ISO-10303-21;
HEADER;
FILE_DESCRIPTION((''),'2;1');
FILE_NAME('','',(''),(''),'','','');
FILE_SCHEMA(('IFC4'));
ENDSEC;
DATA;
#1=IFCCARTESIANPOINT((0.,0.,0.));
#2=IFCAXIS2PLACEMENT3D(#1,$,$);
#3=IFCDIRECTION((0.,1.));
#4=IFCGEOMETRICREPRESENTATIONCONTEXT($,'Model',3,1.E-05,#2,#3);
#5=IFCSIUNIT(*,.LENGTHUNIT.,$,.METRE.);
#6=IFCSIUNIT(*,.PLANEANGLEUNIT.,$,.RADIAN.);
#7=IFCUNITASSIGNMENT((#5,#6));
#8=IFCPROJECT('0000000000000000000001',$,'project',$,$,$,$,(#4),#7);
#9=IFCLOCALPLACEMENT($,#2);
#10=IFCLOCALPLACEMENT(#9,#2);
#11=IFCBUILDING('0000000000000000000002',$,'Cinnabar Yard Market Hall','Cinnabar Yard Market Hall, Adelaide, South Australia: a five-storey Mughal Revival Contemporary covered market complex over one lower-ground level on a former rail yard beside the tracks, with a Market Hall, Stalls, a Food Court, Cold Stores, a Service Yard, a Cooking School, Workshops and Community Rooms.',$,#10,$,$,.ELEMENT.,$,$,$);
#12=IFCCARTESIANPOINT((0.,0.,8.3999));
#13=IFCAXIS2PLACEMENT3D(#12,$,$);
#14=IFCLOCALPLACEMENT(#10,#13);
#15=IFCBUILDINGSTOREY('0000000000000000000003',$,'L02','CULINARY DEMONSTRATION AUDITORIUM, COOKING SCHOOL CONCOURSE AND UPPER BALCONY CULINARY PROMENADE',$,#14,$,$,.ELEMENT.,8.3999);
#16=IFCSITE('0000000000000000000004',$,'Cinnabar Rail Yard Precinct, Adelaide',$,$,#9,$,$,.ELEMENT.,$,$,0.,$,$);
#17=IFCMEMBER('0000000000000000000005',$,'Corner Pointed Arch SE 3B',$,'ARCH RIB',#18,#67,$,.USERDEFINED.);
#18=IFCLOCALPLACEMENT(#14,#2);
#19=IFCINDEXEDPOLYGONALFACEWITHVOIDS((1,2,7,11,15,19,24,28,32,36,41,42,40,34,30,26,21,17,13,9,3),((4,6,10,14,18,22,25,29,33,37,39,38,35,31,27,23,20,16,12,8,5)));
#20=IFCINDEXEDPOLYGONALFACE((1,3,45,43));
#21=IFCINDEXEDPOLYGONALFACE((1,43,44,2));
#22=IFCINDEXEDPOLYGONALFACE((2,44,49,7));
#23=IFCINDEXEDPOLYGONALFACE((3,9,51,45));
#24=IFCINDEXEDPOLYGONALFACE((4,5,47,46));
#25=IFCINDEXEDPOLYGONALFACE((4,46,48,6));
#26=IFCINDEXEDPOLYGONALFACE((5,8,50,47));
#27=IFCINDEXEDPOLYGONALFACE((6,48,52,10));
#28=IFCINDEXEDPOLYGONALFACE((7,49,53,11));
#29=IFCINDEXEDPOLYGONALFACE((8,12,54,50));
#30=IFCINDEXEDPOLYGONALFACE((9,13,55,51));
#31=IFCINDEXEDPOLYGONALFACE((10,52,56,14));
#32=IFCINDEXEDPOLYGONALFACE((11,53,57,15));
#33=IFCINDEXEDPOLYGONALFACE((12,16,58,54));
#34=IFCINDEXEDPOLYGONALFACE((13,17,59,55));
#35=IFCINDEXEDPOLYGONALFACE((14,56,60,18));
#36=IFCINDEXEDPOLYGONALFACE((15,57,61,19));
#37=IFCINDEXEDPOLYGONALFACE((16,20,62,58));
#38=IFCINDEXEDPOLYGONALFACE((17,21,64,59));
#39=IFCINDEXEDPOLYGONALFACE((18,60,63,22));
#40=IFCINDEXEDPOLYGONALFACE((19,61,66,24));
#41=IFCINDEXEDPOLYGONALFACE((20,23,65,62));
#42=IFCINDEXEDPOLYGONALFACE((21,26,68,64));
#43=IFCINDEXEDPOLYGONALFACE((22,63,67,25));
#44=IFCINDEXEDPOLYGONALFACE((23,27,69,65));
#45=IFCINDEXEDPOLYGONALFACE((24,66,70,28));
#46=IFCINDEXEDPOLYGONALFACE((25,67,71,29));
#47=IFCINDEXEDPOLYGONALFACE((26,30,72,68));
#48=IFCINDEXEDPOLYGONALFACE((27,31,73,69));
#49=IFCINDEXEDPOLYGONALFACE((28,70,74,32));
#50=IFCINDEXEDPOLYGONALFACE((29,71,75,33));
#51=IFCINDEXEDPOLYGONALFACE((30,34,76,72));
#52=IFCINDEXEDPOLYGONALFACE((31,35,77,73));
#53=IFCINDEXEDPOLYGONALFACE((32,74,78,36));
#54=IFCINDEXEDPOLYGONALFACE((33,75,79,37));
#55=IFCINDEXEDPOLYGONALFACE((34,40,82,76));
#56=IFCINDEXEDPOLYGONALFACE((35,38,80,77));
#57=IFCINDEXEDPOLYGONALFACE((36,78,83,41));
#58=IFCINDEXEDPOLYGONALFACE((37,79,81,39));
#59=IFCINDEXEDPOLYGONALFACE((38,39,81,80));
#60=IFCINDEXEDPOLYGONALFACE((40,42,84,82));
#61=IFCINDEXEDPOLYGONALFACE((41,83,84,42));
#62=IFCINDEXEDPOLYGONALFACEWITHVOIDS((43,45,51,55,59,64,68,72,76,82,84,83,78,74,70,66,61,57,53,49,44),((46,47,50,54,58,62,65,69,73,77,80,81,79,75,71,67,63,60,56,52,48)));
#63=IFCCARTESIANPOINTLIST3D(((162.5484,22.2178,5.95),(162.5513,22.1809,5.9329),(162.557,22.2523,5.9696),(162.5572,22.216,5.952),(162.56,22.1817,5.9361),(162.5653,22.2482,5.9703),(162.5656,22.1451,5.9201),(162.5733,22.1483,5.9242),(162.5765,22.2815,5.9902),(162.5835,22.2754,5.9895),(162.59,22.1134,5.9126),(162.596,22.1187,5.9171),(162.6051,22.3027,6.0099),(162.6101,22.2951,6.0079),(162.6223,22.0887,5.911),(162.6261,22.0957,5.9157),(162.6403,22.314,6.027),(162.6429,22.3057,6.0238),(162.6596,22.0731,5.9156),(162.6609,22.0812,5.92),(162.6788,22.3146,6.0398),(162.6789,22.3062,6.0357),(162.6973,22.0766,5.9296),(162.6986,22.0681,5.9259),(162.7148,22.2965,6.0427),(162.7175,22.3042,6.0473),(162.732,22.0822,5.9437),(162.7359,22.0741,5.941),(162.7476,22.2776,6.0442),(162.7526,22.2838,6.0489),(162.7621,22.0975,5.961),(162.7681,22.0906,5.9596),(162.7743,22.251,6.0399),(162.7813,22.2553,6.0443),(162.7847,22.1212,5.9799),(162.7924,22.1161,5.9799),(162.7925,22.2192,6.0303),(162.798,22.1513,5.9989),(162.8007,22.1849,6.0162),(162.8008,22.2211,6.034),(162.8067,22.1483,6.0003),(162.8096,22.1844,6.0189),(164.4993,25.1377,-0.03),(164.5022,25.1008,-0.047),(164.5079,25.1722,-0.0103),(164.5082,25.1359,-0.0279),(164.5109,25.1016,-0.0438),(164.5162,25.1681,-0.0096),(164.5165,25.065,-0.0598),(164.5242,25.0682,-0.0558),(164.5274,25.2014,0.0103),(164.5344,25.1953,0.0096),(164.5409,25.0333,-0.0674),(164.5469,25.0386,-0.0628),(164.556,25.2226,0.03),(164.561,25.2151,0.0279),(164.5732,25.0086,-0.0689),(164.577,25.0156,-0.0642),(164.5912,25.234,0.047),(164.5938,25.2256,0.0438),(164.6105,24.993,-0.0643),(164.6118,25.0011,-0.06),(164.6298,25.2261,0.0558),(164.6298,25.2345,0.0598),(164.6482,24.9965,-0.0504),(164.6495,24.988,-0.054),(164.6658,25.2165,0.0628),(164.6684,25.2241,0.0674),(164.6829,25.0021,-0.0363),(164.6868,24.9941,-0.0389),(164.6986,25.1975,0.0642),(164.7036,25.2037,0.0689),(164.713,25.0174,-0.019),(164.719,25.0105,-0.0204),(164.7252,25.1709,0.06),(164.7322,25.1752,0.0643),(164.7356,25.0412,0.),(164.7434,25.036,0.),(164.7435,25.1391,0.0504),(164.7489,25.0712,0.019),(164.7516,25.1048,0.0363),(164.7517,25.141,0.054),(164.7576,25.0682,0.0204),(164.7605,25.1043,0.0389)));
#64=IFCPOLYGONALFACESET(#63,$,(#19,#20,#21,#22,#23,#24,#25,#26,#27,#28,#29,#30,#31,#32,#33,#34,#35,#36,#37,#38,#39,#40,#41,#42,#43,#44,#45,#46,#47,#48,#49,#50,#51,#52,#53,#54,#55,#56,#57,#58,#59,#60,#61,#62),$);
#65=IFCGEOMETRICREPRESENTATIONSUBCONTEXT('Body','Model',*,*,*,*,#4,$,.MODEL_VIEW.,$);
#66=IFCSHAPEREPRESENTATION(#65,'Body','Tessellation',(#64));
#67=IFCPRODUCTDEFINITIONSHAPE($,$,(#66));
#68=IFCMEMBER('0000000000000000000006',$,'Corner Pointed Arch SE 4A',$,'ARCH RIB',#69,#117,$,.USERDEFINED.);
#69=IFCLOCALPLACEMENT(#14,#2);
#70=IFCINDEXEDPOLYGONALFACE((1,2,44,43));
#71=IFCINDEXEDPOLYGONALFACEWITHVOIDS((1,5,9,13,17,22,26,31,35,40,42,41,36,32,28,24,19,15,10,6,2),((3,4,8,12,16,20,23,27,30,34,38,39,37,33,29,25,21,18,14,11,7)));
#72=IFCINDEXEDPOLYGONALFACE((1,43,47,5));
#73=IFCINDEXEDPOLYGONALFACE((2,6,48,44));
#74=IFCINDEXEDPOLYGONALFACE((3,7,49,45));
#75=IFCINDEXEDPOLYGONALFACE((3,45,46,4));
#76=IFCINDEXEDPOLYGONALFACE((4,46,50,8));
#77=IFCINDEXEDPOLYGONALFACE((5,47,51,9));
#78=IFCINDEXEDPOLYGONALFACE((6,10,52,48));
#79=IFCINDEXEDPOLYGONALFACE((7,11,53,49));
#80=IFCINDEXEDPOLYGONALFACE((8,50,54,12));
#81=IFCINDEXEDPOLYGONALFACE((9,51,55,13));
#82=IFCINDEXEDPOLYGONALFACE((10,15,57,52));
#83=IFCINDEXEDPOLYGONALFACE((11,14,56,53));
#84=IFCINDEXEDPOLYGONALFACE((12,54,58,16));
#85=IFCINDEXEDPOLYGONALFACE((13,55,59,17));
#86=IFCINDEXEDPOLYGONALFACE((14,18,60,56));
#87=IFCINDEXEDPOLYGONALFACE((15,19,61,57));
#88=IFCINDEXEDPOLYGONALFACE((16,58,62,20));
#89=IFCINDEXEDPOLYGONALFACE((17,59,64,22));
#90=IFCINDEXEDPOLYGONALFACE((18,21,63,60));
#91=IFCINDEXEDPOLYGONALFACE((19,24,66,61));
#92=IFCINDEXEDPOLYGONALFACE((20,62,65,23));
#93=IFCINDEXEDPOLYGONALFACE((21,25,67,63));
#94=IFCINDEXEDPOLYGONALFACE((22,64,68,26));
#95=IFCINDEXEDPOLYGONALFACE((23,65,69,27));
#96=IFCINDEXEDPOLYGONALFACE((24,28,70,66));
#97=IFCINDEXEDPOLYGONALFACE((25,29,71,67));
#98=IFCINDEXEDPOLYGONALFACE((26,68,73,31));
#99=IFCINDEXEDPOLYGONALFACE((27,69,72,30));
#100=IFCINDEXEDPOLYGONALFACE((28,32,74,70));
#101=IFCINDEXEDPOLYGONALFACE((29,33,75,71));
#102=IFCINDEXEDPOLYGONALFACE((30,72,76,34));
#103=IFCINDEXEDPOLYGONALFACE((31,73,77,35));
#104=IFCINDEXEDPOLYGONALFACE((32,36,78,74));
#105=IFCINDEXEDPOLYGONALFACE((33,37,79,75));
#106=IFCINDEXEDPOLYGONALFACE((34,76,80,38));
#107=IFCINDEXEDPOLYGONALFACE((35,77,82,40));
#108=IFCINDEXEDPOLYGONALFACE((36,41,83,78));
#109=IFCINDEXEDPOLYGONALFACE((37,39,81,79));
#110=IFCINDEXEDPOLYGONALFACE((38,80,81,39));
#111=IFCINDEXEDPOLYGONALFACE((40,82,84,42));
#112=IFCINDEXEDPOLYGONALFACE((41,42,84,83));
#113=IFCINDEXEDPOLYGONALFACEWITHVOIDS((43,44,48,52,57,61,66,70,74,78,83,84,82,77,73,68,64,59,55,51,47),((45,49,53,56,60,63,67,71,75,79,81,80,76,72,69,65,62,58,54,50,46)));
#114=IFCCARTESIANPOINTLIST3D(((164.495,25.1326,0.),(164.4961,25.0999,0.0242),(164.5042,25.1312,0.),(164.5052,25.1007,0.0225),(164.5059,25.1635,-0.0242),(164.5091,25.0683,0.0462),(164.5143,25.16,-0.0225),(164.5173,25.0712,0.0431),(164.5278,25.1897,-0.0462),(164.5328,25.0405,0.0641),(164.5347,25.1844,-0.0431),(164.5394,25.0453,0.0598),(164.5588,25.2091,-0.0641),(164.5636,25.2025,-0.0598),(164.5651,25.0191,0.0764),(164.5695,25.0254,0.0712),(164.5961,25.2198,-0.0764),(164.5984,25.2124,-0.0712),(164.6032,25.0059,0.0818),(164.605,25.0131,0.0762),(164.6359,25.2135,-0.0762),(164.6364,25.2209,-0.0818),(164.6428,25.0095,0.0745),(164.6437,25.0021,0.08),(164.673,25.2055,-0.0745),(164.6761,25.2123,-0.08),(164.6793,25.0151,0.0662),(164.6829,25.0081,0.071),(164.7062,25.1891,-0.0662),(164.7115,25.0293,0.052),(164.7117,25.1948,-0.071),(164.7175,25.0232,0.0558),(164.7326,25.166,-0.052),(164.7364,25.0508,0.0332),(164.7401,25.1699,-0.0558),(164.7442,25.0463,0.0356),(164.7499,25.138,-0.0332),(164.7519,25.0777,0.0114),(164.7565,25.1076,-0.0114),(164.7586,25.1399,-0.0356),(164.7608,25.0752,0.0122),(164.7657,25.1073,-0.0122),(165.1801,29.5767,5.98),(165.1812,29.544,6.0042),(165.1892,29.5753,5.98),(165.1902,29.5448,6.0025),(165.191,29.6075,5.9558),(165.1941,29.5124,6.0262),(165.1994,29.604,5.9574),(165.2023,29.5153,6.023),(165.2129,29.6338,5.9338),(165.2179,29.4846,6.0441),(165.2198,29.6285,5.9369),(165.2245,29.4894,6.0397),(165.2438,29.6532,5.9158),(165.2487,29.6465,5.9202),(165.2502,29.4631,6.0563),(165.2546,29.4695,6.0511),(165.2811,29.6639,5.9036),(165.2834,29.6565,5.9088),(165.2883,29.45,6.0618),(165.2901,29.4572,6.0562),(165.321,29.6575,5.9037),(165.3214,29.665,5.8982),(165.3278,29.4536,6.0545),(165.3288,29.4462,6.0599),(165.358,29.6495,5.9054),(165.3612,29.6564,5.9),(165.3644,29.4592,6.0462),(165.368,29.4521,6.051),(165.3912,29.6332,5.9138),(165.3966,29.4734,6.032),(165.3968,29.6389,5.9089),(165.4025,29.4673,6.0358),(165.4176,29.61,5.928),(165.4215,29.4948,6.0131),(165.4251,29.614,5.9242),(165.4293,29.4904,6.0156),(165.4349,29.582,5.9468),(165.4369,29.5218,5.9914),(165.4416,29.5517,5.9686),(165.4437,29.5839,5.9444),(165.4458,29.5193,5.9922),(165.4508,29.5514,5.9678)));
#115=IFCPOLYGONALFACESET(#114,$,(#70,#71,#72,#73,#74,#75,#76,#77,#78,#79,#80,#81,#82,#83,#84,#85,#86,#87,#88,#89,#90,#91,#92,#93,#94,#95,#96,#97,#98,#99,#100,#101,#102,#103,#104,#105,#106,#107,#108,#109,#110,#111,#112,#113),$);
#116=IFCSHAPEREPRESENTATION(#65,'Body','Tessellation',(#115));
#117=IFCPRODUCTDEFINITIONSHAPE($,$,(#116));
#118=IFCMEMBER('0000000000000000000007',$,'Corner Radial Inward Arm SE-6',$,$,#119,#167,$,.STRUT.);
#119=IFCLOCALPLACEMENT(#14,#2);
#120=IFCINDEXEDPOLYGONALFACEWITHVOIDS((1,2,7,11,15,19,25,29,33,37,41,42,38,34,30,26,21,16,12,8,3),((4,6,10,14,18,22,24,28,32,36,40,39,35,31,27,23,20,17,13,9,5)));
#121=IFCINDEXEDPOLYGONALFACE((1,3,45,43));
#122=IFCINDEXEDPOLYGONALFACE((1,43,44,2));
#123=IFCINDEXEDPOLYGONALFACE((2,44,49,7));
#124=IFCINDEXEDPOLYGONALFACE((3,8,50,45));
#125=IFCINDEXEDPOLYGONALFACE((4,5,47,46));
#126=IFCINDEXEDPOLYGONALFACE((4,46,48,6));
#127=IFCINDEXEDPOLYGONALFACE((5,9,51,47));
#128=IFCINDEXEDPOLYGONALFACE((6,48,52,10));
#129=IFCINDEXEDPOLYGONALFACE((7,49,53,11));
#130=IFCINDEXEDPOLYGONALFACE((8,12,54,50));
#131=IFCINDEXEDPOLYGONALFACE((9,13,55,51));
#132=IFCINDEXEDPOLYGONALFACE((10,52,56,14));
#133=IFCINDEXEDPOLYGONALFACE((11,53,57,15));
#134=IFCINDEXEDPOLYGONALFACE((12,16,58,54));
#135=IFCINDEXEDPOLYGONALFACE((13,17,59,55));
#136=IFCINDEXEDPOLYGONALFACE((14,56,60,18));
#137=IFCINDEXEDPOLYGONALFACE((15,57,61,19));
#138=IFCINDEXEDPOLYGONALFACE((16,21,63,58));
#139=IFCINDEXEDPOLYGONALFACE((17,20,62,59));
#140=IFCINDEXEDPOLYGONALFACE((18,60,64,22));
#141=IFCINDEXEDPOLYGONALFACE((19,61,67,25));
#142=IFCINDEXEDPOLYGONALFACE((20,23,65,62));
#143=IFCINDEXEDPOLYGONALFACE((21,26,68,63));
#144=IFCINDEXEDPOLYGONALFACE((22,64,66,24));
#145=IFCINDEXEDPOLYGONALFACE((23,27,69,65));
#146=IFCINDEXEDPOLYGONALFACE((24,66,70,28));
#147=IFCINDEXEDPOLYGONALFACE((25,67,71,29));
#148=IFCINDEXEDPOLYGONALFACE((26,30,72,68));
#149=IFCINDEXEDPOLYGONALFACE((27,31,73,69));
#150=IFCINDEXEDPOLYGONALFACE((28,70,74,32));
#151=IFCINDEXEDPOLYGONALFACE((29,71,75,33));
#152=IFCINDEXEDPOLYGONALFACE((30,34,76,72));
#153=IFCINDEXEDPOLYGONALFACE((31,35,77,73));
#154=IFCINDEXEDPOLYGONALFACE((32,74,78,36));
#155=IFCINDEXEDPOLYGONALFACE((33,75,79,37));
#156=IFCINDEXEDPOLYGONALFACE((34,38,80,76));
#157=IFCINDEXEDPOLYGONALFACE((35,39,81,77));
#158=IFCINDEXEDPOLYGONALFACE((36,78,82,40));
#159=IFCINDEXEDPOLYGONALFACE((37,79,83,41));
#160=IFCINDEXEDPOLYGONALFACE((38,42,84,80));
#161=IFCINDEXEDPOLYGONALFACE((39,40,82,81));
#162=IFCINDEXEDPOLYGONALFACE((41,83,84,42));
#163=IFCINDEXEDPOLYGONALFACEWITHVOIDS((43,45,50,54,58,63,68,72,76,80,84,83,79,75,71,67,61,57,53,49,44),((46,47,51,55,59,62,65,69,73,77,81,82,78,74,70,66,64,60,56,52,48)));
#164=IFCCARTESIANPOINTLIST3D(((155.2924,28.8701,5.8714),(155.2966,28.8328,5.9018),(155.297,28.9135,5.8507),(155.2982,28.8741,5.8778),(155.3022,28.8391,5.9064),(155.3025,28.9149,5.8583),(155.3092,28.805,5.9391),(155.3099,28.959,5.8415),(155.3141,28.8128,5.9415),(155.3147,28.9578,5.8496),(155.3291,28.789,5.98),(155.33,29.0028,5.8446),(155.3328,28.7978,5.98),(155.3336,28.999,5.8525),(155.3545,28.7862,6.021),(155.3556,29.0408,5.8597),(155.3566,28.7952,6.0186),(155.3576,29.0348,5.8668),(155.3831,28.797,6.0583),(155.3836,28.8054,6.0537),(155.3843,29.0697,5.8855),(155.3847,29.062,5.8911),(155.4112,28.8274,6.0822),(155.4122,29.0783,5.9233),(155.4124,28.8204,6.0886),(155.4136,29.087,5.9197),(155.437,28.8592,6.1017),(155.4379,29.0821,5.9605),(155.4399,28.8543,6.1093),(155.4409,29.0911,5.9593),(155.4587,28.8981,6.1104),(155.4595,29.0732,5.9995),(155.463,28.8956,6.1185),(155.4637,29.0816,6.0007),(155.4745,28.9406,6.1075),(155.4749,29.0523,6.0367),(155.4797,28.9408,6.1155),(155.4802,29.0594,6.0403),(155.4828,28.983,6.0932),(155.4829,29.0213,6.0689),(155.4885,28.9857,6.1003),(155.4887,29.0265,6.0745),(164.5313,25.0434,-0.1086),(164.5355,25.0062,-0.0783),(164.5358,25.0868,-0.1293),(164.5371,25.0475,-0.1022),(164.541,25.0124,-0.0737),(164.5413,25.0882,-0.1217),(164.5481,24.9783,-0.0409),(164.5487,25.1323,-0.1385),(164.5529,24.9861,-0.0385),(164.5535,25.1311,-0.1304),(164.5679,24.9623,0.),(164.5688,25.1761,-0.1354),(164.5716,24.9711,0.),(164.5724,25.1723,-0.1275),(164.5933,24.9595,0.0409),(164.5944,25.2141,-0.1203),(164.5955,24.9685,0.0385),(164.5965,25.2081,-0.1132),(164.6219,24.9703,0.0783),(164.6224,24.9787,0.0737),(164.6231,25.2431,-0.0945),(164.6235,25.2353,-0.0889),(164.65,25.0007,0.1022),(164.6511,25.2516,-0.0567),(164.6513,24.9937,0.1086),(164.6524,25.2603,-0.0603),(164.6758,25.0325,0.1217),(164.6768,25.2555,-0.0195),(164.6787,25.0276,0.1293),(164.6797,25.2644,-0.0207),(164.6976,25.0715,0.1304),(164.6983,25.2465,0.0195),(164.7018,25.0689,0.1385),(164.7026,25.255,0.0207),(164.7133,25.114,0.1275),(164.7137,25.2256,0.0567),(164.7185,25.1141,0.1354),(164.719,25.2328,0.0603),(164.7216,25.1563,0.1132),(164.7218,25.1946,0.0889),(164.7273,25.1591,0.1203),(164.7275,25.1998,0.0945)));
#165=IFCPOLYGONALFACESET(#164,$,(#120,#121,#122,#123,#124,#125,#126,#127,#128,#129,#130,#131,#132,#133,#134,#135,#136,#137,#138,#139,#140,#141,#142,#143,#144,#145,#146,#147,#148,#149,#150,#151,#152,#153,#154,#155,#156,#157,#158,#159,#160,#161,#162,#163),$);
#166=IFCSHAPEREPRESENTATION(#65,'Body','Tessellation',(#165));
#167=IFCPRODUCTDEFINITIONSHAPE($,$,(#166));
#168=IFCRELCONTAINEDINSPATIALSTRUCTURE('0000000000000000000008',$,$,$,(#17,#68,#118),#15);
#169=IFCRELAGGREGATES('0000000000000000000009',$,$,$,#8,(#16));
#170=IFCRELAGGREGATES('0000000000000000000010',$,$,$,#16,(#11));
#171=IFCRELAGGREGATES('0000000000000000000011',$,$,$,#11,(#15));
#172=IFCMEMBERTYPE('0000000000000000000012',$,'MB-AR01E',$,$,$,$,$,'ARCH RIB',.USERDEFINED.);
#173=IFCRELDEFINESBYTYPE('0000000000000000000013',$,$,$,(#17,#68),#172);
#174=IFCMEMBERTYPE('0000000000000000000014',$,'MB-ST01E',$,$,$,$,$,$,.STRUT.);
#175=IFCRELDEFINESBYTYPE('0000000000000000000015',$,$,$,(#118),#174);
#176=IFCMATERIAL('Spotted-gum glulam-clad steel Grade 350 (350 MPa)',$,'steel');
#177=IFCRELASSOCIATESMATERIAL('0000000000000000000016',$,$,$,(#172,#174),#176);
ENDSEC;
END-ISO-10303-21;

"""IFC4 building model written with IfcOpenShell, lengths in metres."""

from ifc_helpers import new_model, si_unit, direction, frame, origin, origin_2d_with_axis, place, context, subcontext, project, spatial, hollow_circle, extrude, material, material_profile, profile_set, type_object, element, save


model = new_model("IFC4")

# Units and contexts
model_context = context("Model", 3, precision=1e-05, world=origin(), true_north=direction((0.0, 1.0)))
body_context = subcontext(model_context, "Body", "Model", "MODEL_VIEW")
ifc_project = project(units=[si_unit("LENGTHUNIT", "METRE"), si_unit("PLANEANGLEUNIT", "RADIAN")], contexts=[model_context])

# Site, building, storey
site_placement = place(None, origin())
site = spatial("IfcSite", under=ifc_project, at=site_placement, Name="Cinnabar Rail Yard Precinct, Adelaide", CompositionType="ELEMENT", RefElevation=0.0)
building_placement = place(site_placement, origin())
building = spatial("IfcBuilding", under=site, at=building_placement, Name="Cinnabar Yard Market Hall", Description="Cinnabar Yard Market Hall, Adelaide, South Australia: a five-storey Mughal Revival Contemporary covered market complex over one lower-ground level on a former rail yard beside the tracks, with a Market Hall, Stalls, a Food Court, Cold Stores, a Service Yard, a Cooking School, Workshops and Community Rooms.", CompositionType="ELEMENT")
storey_placement = place(building_placement, frame((0.0, 0.0, 8.3999)))
storey = spatial("IfcBuildingStorey", under=building, at=storey_placement, Name="L02", Description="CULINARY DEMONSTRATION AUDITORIUM, COOKING SCHOOL CONCOURSE AND UPPER BALCONY CULINARY PROMENADE", CompositionType="ELEMENT", Elevation=8.3999)

# Shared definitions
ifc_material_1 = material(Name="Spotted-gum glulam-clad steel Grade 350 (350 MPa)", Category="steel")

# Members
ifc_material_profile_1 = material_profile(ifc_material_1, hollow_circle(Radius=0.1365, WallThickness=0.0093, at=origin_2d_with_axis()), Name="273.1x9.3CHS")
ifc_profile_set_1 = profile_set([ifc_material_profile_1], Name="Spotted-gum glulam-clad steel Grade 350 (350 MPa)")
member_type_1 = type_object("IfcMemberType", Name="MB-AR01E", ElementType="ARCH RIB", PredefinedType="USERDEFINED", material=ifc_profile_set_1)
member_1_placement = place(storey_placement, frame((164.6299, 25.1118, 0.0), z_axis=(-0.281322, -0.42105, 0.862308), x_axis=(0.831483, -0.55555, 0.0)))
element("IfcMember", 1, at=member_1_placement, inside=storey, type_object=member_type_1, Name="Corner Pointed Arch SE 3B", ObjectType="ARCH RIB", PredefinedType="USERDEFINED", context=body_context, shape_type="SweptSolid", body=[
    extrude(hollow_circle(Radius=0.1365, WallThickness=0.0093, at=origin_2d_with_axis()), origin(), (0.0, 0.0, 1.0), 6.9348),
])
member_2_placement = place(storey_placement, frame((164.6299, 25.1118, 0.0), z_axis=(0.091562, 0.593976, 0.799255), x_axis=(-0.988326, 0.152351, 0.0)))
element("IfcMember", 2, at=member_2_placement, inside=storey, type_object=member_type_1, Name="Corner Pointed Arch SE 4A", ObjectType="ARCH RIB", PredefinedType="USERDEFINED", context=body_context, shape_type="SweptSolid", body=[
    extrude(hollow_circle(Radius=0.1365, WallThickness=0.0093, at=origin_2d_with_axis()), origin(), (0.0, 0.0, 1.0), 7.4819),
])
ifc_material_profile_2 = material_profile(ifc_material_1, hollow_circle(Radius=0.1619, WallThickness=0.0095, at=origin_2d_with_axis()), Name="323.9x9.5CHS")
ifc_profile_set_2 = profile_set([ifc_material_profile_2], Name="Spotted-gum glulam-clad steel Grade 350 (350 MPa)")
member_type_2 = type_object("IfcMemberType", Name="MB-ST01E", PredefinedType="STRUT", material=ifc_profile_set_2)
member_3_placement = place(storey_placement, frame((164.6299, 25.1118, 0.0), z_axis=(-0.792923, 0.328425, 0.513235), x_axis=(-0.382669, -0.923885, 0.0)))
element("IfcMember", 3, at=member_3_placement, inside=storey, type_object=member_type_2, Name="Corner Radial Inward Arm SE-6", PredefinedType="STRUT", context=body_context, shape_type="SweptSolid", body=[
    extrude(hollow_circle(Radius=0.1619, WallThickness=0.0095, at=origin_2d_with_axis()), origin(), (0.0, 0.0, 1.0), 11.6516),
])

save(model, "model.ifc")
